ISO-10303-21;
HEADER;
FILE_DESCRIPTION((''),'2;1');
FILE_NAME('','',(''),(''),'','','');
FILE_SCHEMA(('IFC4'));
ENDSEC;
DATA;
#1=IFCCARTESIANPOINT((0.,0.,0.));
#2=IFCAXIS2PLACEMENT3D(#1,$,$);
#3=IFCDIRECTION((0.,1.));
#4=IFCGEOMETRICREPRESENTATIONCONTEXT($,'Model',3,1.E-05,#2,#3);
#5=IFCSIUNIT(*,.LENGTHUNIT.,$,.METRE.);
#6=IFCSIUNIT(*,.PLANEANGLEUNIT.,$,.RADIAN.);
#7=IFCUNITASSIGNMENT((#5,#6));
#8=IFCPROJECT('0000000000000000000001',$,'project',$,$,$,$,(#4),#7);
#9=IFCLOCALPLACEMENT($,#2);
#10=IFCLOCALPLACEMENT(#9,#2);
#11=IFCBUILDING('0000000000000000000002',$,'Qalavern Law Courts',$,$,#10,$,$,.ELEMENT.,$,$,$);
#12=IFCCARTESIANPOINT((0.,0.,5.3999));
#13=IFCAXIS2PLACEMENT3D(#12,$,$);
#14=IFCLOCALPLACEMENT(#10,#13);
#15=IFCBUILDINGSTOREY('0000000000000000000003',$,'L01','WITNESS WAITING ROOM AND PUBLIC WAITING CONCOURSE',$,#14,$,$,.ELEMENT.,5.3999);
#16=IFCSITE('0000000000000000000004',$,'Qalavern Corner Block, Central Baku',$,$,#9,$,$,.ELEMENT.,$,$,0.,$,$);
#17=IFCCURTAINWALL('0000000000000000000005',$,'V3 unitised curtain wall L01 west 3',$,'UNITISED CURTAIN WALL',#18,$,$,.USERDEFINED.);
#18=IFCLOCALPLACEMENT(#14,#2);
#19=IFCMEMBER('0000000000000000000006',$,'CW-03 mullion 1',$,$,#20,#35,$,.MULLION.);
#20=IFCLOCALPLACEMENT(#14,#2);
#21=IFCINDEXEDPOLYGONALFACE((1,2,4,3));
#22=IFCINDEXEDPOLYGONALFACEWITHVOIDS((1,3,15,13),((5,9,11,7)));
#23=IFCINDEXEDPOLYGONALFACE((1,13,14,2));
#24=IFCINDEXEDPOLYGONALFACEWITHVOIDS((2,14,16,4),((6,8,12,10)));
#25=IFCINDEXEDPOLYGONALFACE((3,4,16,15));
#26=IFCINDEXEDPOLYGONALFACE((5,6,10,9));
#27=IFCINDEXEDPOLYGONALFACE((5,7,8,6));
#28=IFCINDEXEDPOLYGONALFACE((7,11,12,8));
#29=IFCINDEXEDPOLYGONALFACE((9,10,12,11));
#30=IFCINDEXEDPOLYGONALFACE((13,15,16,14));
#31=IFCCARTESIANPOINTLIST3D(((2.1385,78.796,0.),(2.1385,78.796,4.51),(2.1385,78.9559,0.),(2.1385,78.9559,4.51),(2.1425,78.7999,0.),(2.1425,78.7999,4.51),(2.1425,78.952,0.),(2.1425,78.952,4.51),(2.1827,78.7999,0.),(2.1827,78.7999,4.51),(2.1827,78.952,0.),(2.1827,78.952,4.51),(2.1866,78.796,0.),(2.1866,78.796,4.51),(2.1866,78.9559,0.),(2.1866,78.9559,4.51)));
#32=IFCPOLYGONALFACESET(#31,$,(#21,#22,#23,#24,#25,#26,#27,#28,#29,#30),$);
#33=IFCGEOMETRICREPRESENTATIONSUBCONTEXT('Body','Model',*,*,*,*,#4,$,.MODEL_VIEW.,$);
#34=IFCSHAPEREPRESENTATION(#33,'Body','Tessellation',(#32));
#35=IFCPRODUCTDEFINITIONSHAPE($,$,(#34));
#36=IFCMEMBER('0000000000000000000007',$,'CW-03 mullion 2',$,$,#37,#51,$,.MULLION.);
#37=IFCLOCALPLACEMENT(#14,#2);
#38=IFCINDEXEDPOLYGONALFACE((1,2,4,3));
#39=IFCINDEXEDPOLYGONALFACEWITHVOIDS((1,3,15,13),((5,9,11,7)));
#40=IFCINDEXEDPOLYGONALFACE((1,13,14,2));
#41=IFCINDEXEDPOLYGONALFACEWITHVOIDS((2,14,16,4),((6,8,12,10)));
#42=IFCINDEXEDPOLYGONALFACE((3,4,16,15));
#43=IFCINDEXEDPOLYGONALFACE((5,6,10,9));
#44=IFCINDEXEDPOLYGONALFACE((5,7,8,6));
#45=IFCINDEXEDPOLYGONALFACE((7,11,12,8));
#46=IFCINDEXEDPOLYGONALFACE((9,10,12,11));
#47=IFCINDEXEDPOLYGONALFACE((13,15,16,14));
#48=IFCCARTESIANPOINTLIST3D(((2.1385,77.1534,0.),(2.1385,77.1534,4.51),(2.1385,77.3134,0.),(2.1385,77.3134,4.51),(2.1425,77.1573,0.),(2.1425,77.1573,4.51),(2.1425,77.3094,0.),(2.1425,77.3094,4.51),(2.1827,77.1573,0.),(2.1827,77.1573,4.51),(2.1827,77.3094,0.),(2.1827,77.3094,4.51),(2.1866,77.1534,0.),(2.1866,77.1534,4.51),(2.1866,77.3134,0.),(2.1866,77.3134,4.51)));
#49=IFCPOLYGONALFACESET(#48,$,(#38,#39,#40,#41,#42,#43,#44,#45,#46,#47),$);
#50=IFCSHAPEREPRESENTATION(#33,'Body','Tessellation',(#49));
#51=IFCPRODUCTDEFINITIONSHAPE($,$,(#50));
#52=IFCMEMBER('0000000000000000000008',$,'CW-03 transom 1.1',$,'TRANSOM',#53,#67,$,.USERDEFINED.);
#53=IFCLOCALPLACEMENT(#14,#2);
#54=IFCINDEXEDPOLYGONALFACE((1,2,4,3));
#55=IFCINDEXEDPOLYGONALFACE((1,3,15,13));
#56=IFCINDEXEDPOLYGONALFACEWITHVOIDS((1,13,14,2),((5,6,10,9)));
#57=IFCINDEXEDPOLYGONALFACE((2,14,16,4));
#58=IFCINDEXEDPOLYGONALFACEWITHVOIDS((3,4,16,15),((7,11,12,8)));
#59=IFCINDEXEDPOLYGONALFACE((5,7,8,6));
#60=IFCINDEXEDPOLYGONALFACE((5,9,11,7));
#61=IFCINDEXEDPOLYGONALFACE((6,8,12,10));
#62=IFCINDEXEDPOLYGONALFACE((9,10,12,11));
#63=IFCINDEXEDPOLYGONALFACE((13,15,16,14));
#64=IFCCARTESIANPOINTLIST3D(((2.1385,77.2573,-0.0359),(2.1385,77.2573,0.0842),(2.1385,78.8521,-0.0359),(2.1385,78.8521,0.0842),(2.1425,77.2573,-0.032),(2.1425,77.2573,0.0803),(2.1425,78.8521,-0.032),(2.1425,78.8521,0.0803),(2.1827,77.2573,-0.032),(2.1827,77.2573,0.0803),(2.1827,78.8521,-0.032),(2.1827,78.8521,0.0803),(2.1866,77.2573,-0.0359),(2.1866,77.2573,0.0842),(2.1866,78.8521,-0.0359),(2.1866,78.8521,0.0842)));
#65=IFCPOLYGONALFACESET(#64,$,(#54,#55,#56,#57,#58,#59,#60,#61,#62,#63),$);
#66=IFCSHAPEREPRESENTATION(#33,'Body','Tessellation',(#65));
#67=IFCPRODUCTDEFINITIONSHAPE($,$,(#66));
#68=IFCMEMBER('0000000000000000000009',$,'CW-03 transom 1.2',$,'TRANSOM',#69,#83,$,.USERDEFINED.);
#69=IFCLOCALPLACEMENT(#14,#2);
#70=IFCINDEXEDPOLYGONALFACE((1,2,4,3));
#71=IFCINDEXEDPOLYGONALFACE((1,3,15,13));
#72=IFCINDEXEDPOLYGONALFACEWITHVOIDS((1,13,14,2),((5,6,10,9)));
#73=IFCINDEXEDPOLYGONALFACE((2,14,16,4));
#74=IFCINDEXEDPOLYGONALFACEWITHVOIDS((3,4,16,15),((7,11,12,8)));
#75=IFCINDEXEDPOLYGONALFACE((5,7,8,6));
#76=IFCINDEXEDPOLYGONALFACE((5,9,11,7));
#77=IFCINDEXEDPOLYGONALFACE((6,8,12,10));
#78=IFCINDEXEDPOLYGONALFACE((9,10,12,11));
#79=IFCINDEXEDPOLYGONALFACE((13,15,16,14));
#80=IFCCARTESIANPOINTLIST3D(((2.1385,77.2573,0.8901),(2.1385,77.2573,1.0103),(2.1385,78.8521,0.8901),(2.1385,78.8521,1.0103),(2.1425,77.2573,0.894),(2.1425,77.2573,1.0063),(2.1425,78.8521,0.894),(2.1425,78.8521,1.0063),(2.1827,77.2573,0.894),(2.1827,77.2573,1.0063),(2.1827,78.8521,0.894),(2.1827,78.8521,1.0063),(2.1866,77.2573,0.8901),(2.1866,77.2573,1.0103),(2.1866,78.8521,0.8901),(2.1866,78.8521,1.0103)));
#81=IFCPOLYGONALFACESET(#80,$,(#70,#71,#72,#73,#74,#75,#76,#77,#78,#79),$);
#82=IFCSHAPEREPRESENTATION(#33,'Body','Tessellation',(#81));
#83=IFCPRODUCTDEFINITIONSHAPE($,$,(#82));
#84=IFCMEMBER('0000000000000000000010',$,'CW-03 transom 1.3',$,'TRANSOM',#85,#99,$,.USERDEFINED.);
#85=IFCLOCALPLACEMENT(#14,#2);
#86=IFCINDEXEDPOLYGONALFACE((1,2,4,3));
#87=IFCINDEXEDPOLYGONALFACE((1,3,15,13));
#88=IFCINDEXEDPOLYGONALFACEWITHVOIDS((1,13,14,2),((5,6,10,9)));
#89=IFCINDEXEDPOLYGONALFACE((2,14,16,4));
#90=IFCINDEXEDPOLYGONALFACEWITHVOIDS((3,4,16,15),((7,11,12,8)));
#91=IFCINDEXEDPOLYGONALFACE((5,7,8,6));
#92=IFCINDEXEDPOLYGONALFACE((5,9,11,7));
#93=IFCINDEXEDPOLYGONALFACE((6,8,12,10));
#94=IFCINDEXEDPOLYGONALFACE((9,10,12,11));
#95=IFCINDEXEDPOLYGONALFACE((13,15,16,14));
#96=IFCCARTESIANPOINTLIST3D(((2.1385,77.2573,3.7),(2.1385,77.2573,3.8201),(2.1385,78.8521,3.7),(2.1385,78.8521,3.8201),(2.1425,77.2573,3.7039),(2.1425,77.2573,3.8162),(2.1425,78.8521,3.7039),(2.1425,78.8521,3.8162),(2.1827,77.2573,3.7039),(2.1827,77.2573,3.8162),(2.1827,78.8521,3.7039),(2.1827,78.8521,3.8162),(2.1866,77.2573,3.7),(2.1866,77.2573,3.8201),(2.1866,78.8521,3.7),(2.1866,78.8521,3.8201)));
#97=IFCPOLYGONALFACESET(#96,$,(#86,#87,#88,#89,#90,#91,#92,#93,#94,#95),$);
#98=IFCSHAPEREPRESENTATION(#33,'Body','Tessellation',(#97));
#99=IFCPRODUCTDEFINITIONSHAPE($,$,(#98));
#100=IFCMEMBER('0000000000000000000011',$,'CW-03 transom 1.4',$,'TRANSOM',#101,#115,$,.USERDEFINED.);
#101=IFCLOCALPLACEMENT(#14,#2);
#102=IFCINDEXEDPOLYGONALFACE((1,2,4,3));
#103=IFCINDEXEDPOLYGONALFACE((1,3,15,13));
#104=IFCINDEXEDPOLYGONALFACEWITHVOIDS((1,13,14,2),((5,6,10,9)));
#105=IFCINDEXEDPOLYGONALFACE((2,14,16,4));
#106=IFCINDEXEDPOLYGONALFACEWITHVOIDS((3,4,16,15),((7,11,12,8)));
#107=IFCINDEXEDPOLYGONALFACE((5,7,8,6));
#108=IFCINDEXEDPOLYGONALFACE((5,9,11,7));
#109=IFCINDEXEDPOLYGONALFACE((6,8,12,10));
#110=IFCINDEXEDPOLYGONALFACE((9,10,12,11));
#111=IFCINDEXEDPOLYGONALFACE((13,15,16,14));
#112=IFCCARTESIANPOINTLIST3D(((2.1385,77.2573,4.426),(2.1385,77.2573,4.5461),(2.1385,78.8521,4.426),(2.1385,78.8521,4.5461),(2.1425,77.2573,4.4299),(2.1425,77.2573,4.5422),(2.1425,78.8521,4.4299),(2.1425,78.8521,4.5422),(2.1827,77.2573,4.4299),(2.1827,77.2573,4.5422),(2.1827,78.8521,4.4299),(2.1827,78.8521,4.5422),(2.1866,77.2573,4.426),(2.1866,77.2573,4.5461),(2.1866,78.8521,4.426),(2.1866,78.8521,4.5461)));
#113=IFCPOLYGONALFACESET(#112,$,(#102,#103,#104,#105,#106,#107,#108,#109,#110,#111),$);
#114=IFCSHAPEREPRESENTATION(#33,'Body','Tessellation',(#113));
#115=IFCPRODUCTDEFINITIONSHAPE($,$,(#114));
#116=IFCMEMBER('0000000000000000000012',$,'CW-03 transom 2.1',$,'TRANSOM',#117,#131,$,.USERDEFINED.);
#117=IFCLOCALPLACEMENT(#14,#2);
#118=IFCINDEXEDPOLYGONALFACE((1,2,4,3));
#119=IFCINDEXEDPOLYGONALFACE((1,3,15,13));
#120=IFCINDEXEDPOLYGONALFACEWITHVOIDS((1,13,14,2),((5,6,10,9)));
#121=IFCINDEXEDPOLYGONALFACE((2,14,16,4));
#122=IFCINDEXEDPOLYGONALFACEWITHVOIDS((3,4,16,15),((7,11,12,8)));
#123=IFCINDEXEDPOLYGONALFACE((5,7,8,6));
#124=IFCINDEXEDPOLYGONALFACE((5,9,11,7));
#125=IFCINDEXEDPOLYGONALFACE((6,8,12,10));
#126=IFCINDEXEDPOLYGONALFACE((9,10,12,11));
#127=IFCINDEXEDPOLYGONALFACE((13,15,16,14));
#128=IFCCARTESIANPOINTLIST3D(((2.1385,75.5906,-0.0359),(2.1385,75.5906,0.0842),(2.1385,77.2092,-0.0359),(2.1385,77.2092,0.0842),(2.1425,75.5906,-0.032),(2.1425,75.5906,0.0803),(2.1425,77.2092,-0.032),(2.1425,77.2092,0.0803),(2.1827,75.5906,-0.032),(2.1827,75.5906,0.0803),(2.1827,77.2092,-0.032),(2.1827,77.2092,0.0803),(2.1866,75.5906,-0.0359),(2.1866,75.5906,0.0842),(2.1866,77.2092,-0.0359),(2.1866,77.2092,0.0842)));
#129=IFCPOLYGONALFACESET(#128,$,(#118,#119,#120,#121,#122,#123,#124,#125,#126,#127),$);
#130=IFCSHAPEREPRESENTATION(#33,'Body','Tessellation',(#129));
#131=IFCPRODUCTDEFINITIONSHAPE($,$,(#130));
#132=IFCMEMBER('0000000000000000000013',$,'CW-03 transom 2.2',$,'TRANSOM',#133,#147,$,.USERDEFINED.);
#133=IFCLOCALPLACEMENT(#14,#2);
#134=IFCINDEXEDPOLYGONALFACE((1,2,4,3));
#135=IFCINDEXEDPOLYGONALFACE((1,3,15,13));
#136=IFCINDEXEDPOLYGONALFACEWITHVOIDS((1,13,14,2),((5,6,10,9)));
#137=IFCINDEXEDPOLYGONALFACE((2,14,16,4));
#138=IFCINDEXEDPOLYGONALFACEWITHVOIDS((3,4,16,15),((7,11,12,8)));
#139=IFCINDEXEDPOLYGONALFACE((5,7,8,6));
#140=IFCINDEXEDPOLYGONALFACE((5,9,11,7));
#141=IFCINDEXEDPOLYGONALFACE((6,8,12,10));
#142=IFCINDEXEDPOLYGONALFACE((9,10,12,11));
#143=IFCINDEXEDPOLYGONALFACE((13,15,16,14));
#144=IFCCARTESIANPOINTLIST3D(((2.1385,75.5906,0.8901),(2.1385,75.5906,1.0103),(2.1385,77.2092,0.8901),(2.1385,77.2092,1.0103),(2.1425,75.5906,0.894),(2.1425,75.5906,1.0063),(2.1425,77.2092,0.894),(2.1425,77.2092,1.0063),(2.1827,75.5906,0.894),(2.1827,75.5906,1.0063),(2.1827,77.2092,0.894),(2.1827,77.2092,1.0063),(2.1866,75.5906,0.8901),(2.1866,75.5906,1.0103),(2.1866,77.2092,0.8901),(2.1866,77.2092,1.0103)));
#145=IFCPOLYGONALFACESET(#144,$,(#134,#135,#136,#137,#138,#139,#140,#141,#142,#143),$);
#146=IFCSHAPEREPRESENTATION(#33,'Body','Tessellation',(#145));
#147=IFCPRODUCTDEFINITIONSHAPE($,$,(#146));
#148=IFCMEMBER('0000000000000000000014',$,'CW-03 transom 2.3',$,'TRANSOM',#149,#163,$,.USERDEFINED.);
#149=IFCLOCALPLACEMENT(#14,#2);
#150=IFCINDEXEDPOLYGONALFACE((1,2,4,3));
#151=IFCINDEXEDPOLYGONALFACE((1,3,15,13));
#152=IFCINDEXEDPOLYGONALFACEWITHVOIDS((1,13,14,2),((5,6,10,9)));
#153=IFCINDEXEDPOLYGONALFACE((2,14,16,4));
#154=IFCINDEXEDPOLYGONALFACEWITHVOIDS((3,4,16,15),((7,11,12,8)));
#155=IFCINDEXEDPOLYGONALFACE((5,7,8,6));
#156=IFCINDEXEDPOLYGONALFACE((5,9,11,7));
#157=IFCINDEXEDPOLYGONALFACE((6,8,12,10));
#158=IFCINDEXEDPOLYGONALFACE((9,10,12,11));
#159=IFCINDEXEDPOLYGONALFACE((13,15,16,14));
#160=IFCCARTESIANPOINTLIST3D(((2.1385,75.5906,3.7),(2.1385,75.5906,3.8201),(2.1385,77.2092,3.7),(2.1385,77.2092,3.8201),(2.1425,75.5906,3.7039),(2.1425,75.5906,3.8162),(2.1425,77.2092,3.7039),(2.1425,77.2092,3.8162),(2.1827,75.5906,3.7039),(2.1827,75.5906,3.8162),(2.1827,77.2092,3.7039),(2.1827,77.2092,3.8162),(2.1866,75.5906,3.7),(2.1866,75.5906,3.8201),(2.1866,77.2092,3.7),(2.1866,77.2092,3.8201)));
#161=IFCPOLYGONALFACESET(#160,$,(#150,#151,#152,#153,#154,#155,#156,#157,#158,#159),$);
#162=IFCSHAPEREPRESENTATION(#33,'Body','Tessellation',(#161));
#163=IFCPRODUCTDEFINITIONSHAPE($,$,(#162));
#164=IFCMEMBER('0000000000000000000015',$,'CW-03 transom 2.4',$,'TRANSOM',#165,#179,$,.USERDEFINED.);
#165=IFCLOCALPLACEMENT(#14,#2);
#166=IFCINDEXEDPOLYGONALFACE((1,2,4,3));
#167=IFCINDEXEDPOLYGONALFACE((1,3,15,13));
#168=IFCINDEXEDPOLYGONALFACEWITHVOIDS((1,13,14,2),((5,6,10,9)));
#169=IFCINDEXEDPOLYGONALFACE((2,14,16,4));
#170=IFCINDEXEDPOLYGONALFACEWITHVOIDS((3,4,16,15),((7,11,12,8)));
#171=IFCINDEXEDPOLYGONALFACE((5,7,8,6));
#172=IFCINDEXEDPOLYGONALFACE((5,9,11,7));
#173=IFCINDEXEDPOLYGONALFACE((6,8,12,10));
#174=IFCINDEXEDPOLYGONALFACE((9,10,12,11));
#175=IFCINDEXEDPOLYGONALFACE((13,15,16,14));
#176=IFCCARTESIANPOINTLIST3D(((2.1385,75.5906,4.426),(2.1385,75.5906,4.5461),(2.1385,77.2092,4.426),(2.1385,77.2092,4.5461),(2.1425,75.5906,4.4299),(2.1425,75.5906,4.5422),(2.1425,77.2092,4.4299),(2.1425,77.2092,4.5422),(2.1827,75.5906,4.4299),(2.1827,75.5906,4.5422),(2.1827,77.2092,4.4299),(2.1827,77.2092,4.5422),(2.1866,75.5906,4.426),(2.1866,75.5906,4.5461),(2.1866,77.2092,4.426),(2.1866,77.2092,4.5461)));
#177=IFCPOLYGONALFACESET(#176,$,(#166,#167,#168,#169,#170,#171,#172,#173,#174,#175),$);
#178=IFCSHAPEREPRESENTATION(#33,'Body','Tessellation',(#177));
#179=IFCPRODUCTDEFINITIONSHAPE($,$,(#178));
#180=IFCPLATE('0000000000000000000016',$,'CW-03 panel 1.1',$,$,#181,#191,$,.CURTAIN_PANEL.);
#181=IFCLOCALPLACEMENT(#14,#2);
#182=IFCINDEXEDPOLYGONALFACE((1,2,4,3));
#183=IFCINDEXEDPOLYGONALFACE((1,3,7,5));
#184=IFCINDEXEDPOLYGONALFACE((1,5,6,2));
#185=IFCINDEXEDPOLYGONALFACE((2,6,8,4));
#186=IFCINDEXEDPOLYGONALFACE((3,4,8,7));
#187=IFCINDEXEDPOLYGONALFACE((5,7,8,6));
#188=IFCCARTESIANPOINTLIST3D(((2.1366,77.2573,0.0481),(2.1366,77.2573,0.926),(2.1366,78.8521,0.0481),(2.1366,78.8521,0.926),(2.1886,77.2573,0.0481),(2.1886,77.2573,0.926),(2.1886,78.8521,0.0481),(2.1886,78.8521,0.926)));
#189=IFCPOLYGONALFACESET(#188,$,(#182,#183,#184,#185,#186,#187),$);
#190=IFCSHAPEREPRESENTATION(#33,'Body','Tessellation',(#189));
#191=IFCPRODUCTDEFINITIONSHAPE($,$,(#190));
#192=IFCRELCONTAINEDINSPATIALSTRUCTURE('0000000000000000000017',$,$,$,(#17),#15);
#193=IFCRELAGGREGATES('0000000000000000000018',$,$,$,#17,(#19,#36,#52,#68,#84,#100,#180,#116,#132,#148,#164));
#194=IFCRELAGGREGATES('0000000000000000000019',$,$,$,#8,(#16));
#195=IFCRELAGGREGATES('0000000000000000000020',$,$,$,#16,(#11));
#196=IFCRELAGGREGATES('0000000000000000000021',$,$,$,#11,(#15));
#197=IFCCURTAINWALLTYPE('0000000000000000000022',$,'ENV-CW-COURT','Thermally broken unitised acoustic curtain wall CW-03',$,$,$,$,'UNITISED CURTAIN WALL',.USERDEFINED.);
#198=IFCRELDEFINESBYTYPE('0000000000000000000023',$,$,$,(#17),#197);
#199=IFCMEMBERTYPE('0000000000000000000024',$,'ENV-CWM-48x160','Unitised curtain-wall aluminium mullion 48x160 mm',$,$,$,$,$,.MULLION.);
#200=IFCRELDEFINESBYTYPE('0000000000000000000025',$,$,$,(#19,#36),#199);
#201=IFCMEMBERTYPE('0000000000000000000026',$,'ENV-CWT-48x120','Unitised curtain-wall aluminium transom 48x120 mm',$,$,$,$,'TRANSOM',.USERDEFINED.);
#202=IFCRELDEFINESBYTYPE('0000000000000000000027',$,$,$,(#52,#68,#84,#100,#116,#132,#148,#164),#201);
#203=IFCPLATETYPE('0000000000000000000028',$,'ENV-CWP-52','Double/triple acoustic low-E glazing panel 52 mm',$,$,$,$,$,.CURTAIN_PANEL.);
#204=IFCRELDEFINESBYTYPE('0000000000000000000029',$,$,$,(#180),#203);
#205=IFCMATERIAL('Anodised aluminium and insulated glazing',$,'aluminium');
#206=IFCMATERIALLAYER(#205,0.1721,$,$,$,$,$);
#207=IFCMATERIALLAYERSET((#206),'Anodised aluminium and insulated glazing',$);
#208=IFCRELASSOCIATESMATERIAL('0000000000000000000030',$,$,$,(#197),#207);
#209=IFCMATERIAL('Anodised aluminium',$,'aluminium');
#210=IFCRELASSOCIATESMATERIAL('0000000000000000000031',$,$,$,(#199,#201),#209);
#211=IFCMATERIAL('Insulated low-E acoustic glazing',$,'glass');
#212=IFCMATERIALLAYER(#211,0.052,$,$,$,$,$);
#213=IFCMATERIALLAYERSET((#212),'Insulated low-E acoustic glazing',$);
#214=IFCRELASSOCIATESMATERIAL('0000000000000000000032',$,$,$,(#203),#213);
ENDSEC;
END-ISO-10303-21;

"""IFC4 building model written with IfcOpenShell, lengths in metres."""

from ifc_helpers import new_model, si_unit, direction, frame, origin, origin_2d, place, context, subcontext, project, spatial, rectangle, hollow_rectangle, extrude, material, layer, layer_set, material_profile, profile_set, type_object, element, aggregate, save


model = new_model("IFC4")

# Units and contexts
model_context = context("Model", 3, precision=1e-05, world=origin(), true_north=direction((0.0, 1.0)))
body_context = subcontext(model_context, "Body", "Model", "MODEL_VIEW")
ifc_project = project(units=[si_unit("LENGTHUNIT", "METRE"), si_unit("PLANEANGLEUNIT", "RADIAN")], contexts=[model_context])

# Site, building, storey
site_placement = place(None, origin())
site = spatial("IfcSite", under=ifc_project, at=site_placement, Name="Qalavern Corner Block, Central Baku", CompositionType="ELEMENT", RefElevation=0.0)
building_placement = place(site_placement, origin())
building = spatial("IfcBuilding", under=site, at=building_placement, Name="Qalavern Law Courts", CompositionType="ELEMENT")
storey_placement = place(building_placement, frame((0.0, 0.0, 5.3999)))
storey = spatial("IfcBuildingStorey", under=building, at=storey_placement, Name="L01", Description="WITNESS WAITING ROOM AND PUBLIC WAITING CONCOURSE", CompositionType="ELEMENT", Elevation=5.3999)

# Curtain wall, members, plate
ifc_material_1 = material(Name="Anodised aluminium and insulated glazing", Category="aluminium")
ifc_layer_1 = layer(ifc_material_1, 0.1721)
ifc_layer_set_1 = layer_set([ifc_layer_1], Name="Anodised aluminium and insulated glazing")
curtain_wall_type = type_object("IfcCurtainWallType", Name="ENV-CW-COURT", Description="Thermally broken unitised acoustic curtain wall CW-03", ElementType="UNITISED CURTAIN WALL", PredefinedType="USERDEFINED", material=ifc_layer_set_1)
curtain_wall_placement = place(storey_placement, origin())
curtain_wall = element("IfcCurtainWall", 1, at=curtain_wall_placement, inside=storey, type_object=curtain_wall_type, Name="V3 unitised curtain wall L01 west 3", ObjectType="UNITISED CURTAIN WALL", PredefinedType="USERDEFINED")
ifc_material_2 = material(Name="Anodised aluminium", Category="aluminium")
ifc_material_profile_1 = material_profile(ifc_material_2, hollow_rectangle(XDim=0.0481, YDim=0.1599, WallThickness=0.0039, at=origin_2d()), Name="ALU MULLION 48x160")
ifc_profile_set_1 = profile_set([ifc_material_profile_1], Name="Anodised aluminium")
member_type_1 = type_object("IfcMemberType", Name="ENV-CWM-48x160", Description="Unitised curtain-wall aluminium mullion 48x160 mm", PredefinedType="MULLION", material=ifc_profile_set_1)
member_1_placement = place(storey_placement, frame((2.1626, 78.876, 0.0), z_axis=(0.0, 0.0, 1.0), x_axis=(1.0, 0.0, 0.0)))
member_1 = element("IfcMember", 2, at=member_1_placement, type_object=member_type_1, Name="CW-03 mullion 1", PredefinedType="MULLION", context=body_context, shape_type="SweptSolid", body=[
    extrude(hollow_rectangle(XDim=0.0481, YDim=0.1599, WallThickness=0.0039, at=origin_2d()), origin(), (0.0, 0.0, 1.0), 4.51),
])
member_2_placement = place(storey_placement, frame((2.1626, 77.2334, 0.0), z_axis=(0.0, 0.0, 1.0), x_axis=(1.0, 0.0, 0.0)))
member_2 = element("IfcMember", 3, at=member_2_placement, type_object=member_type_1, Name="CW-03 mullion 2", PredefinedType="MULLION", context=body_context, shape_type="SweptSolid", body=[
    extrude(hollow_rectangle(XDim=0.0481, YDim=0.1599, WallThickness=0.0039, at=origin_2d()), origin(), (0.0, 0.0, 1.0), 4.51),
])
ifc_material_profile_2 = material_profile(ifc_material_2, hollow_rectangle(XDim=0.0481, YDim=0.1201, WallThickness=0.0039, at=origin_2d()), Name="ALU TRANSOM 48x120")
ifc_profile_set_2 = profile_set([ifc_material_profile_2], Name="Anodised aluminium")
member_type_2 = type_object("IfcMemberType", Name="ENV-CWT-48x120", Description="Unitised curtain-wall aluminium transom 48x120 mm", ElementType="TRANSOM", PredefinedType="USERDEFINED", material=ifc_profile_set_2)
member_3_placement = place(storey_placement, frame((2.1626, 78.8521, 0.0242), z_axis=(0.0, -1.0, 0.0), x_axis=(1.0, 0.0, 0.0)))
member_3 = element("IfcMember", 4, at=member_3_placement, type_object=member_type_2, Name="CW-03 transom 1.1", ObjectType="TRANSOM", PredefinedType="USERDEFINED", context=body_context, shape_type="SweptSolid", body=[
    extrude(hollow_rectangle(XDim=0.0481, YDim=0.1201, WallThickness=0.0039, at=origin_2d()), origin(), (0.0, 0.0, 1.0), 1.5947),
])
member_4_placement = place(storey_placement, frame((2.1626, 78.8521, 0.9502), z_axis=(0.0, -1.0, 0.0), x_axis=(1.0, 0.0, 0.0)))
member_4 = element("IfcMember", 5, at=member_4_placement, type_object=member_type_2, Name="CW-03 transom 1.2", ObjectType="TRANSOM", PredefinedType="USERDEFINED", context=body_context, shape_type="SweptSolid", body=[
    extrude(hollow_rectangle(XDim=0.0481, YDim=0.1201, WallThickness=0.0039, at=origin_2d()), origin(), (0.0, 0.0, 1.0), 1.5947),
])
member_5_placement = place(storey_placement, frame((2.1626, 78.8521, 3.76), z_axis=(0.0, -1.0, 0.0), x_axis=(1.0, 0.0, 0.0)))
member_5 = element("IfcMember", 6, at=member_5_placement, type_object=member_type_2, Name="CW-03 transom 1.3", ObjectType="TRANSOM", PredefinedType="USERDEFINED", context=body_context, shape_type="SweptSolid", body=[
    extrude(hollow_rectangle(XDim=0.0481, YDim=0.1201, WallThickness=0.0039, at=origin_2d()), origin(), (0.0, 0.0, 1.0), 1.5947),
])
member_6_placement = place(storey_placement, frame((2.1626, 78.8521, 4.4861), z_axis=(0.0, -1.0, 0.0), x_axis=(1.0, 0.0, 0.0)))
member_6 = element("IfcMember", 7, at=member_6_placement, type_object=member_type_2, Name="CW-03 transom 1.4", ObjectType="TRANSOM", PredefinedType="USERDEFINED", context=body_context, shape_type="SweptSolid", body=[
    extrude(hollow_rectangle(XDim=0.0481, YDim=0.1201, WallThickness=0.0039, at=origin_2d()), origin(), (0.0, 0.0, 1.0), 1.5947),
])
member_7_placement = place(storey_placement, frame((2.1626, 77.2092, 0.0242), z_axis=(0.0, -1.0, 0.0), x_axis=(1.0, 0.0, 0.0)))
member_7 = element("IfcMember", 8, at=member_7_placement, type_object=member_type_2, Name="CW-03 transom 2.1", ObjectType="TRANSOM", PredefinedType="USERDEFINED", context=body_context, shape_type="SweptSolid", body=[
    extrude(hollow_rectangle(XDim=0.0481, YDim=0.1201, WallThickness=0.0039, at=origin_2d()), origin(), (0.0, 0.0, 1.0), 1.6187),
])
member_8_placement = place(storey_placement, frame((2.1626, 77.2092, 0.9502), z_axis=(0.0, -1.0, 0.0), x_axis=(1.0, 0.0, 0.0)))
member_8 = element("IfcMember", 9, at=member_8_placement, type_object=member_type_2, Name="CW-03 transom 2.2", ObjectType="TRANSOM", PredefinedType="USERDEFINED", context=body_context, shape_type="SweptSolid", body=[
    extrude(hollow_rectangle(XDim=0.0481, YDim=0.1201, WallThickness=0.0039, at=origin_2d()), origin(), (0.0, 0.0, 1.0), 1.6187),
])
member_9_placement = place(storey_placement, frame((2.1626, 77.2092, 3.76), z_axis=(0.0, -1.0, 0.0), x_axis=(1.0, 0.0, 0.0)))
member_9 = element("IfcMember", 10, at=member_9_placement, type_object=member_type_2, Name="CW-03 transom 2.3", ObjectType="TRANSOM", PredefinedType="USERDEFINED", context=body_context, shape_type="SweptSolid", body=[
    extrude(hollow_rectangle(XDim=0.0481, YDim=0.1201, WallThickness=0.0039, at=origin_2d()), origin(), (0.0, 0.0, 1.0), 1.6187),
])
member_10_placement = place(storey_placement, frame((2.1626, 77.2092, 4.4861), z_axis=(0.0, -1.0, 0.0), x_axis=(1.0, 0.0, 0.0)))
member_10 = element("IfcMember", 11, at=member_10_placement, type_object=member_type_2, Name="CW-03 transom 2.4", ObjectType="TRANSOM", PredefinedType="USERDEFINED", context=body_context, shape_type="SweptSolid", body=[
    extrude(hollow_rectangle(XDim=0.0481, YDim=0.1201, WallThickness=0.0039, at=origin_2d()), origin(), (0.0, 0.0, 1.0), 1.6187),
])
ifc_material_3 = material(Name="Insulated low-E acoustic glazing", Category="glass")
ifc_layer_2 = layer(ifc_material_3, 0.052)
ifc_layer_set_2 = layer_set([ifc_layer_2], Name="Insulated low-E acoustic glazing")
plate_type = type_object("IfcPlateType", Name="ENV-CWP-52", Description="Double/triple acoustic low-E glazing panel 52 mm", PredefinedType="CURTAIN_PANEL", material=ifc_layer_set_2)
plate_1_placement = place(storey_placement, frame((2.1626, 78.0547, 0.0481), z_axis=(0.0, 0.0, 1.0), x_axis=(0.0, -1.0, 0.0)))
plate_1 = element("IfcPlate", 12, at=plate_1_placement, type_object=plate_type, Name="CW-03 panel 1.1", PredefinedType="CURTAIN_PANEL", context=body_context, shape_type="SweptSolid", body=[
    extrude(rectangle(XDim=1.5947, YDim=0.052, at=origin_2d()), origin(), (0.0, 0.0, 1.0), 0.8779),
])
aggregate(curtain_wall, [member_1, member_2, member_3, member_4, member_5, member_6, plate_1, member_7, member_8, member_9, member_10])

save(model, "model.ifc")
